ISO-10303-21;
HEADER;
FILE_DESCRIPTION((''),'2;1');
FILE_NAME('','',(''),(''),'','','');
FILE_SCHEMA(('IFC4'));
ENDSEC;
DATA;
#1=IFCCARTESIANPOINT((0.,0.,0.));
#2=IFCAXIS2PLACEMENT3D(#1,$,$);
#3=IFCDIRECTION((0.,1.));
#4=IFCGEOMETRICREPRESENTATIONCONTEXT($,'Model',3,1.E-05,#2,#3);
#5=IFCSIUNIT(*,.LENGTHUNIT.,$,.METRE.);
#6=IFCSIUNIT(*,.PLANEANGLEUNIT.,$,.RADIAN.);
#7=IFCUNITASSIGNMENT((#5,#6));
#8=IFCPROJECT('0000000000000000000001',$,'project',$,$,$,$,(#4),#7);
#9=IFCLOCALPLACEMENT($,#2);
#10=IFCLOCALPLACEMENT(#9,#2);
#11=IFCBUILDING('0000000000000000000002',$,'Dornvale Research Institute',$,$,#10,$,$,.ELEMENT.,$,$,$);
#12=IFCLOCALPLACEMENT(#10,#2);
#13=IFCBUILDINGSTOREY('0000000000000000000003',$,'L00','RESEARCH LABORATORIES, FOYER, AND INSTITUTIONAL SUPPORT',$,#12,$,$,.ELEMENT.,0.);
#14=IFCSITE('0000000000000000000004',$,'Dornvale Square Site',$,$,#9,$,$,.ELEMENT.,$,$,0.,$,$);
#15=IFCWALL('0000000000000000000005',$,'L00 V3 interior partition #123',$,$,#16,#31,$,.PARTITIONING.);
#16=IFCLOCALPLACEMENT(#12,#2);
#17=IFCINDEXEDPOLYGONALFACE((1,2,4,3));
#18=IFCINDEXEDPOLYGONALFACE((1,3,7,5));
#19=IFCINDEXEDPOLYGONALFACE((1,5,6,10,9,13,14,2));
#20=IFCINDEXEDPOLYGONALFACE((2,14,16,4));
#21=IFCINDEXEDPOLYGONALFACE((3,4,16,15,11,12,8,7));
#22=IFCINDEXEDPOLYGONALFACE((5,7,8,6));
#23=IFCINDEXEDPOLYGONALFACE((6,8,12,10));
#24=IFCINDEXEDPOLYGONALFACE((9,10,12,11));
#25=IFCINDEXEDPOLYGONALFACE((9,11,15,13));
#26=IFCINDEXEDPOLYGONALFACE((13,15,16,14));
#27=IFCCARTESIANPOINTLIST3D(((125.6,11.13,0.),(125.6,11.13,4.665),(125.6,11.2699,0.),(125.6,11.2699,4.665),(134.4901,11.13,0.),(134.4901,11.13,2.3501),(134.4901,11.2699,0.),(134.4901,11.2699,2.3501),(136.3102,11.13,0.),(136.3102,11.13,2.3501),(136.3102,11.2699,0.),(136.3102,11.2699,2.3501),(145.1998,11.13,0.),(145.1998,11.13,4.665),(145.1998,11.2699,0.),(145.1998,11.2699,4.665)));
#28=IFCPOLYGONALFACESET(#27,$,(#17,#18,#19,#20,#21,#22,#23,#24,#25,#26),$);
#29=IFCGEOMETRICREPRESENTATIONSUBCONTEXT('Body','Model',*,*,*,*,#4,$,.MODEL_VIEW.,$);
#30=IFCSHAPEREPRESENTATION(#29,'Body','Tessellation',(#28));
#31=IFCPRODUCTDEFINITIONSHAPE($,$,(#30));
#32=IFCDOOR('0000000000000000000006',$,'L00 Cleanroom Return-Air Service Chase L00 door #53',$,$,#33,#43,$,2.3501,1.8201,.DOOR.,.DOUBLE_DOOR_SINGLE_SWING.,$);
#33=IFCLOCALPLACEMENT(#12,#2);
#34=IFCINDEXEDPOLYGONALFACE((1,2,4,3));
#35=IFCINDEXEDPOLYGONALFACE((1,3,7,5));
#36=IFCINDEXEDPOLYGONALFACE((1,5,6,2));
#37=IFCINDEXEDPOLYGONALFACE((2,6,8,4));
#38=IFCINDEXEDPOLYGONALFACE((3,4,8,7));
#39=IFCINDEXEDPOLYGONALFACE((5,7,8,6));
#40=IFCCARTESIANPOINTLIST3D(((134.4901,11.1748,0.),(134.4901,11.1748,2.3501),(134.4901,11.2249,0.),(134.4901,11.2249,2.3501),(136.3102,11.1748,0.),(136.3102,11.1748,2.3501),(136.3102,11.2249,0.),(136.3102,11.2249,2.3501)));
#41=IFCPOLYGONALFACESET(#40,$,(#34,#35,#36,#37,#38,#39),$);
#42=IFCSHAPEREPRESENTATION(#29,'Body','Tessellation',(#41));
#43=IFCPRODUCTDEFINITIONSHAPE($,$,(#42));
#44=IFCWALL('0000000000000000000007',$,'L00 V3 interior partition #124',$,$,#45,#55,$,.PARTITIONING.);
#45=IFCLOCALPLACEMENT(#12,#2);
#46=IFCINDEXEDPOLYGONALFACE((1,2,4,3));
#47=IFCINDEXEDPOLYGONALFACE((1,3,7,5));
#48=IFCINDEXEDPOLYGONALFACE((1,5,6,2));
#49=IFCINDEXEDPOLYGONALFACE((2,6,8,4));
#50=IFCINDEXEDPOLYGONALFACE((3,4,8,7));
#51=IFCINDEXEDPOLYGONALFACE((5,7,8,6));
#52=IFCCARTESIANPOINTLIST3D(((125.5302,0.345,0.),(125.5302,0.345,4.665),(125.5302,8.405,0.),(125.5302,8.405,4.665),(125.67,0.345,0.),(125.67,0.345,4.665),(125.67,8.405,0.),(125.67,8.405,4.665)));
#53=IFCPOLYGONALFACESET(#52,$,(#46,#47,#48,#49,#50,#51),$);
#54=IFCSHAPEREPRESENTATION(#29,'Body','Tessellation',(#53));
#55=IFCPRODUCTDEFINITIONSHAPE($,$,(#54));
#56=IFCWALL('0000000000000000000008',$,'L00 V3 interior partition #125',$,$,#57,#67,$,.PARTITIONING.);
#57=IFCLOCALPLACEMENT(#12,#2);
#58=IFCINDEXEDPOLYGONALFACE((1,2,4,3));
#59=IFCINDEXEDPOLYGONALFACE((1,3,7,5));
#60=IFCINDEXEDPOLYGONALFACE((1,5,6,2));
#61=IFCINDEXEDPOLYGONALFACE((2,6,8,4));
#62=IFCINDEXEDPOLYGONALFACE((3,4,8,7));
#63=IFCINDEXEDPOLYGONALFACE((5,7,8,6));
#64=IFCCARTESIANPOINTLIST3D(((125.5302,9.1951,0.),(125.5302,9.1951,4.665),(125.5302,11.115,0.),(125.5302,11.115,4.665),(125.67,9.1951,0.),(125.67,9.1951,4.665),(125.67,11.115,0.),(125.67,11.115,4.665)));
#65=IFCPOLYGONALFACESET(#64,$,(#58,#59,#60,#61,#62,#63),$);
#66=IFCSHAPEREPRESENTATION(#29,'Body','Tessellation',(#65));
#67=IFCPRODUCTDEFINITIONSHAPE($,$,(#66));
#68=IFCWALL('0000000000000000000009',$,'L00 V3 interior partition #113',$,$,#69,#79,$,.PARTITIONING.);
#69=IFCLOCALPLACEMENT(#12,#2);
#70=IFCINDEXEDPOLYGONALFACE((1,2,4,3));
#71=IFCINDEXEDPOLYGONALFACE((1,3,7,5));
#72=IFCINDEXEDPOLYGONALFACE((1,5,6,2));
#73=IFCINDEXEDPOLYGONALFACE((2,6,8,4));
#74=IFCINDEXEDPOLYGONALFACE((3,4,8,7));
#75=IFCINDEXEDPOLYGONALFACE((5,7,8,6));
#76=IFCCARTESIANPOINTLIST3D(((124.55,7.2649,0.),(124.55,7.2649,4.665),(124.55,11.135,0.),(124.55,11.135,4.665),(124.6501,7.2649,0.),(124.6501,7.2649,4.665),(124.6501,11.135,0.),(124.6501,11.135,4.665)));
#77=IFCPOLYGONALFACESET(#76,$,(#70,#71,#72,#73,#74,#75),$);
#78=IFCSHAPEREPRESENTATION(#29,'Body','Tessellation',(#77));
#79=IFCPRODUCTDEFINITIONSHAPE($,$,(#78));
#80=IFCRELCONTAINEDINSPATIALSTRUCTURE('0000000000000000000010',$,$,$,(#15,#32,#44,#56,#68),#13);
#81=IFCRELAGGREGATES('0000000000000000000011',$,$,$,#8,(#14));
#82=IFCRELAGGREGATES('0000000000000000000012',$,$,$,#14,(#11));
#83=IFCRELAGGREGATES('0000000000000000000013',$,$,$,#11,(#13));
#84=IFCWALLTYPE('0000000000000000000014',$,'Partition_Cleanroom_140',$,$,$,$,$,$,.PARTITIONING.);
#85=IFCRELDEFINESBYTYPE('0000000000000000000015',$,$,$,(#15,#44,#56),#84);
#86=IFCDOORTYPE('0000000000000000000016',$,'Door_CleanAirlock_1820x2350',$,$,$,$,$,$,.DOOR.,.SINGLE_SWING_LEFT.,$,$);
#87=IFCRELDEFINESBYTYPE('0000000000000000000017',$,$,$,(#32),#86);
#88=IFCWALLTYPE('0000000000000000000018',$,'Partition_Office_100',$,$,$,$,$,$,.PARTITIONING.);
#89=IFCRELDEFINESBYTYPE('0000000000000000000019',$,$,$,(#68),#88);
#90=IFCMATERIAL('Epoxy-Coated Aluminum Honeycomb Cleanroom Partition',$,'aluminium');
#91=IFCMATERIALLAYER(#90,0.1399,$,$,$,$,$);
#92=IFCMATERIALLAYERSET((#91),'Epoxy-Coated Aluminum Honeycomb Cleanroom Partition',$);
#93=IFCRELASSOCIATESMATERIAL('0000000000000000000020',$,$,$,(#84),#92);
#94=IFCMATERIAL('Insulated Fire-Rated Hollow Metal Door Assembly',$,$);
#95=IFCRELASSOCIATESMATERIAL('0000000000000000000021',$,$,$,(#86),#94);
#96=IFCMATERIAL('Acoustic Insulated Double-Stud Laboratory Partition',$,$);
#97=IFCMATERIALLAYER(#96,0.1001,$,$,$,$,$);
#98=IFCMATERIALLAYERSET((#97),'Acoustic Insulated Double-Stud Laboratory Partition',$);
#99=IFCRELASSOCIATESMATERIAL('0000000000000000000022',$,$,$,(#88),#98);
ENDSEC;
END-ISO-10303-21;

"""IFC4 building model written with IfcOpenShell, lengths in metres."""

from ifc_helpers import new_model, si_unit, direction, frame, frame_2d, origin, place, context, subcontext, project, spatial, rectangle, extrude, material, layer, layer_set, type_object, element, fill, save


model = new_model("IFC4")

# Units and contexts
model_context = context("Model", 3, precision=1e-05, world=origin(), true_north=direction((0.0, 1.0)))
body_context = subcontext(model_context, "Body", "Model", "MODEL_VIEW")
ifc_project = project(units=[si_unit("LENGTHUNIT", "METRE"), si_unit("PLANEANGLEUNIT", "RADIAN")], contexts=[model_context])

# Site, building, storey
site_placement = place(None, origin())
site = spatial("IfcSite", under=ifc_project, at=site_placement, Name="Dornvale Square Site", CompositionType="ELEMENT", RefElevation=0.0)
building_placement = place(site_placement, origin())
building = spatial("IfcBuilding", under=site, at=building_placement, Name="Dornvale Research Institute", CompositionType="ELEMENT")
storey_placement = place(building_placement, origin())
storey = spatial("IfcBuildingStorey", under=building, at=storey_placement, Name="L00", Description="RESEARCH LABORATORIES, FOYER, AND INSTITUTIONAL SUPPORT", CompositionType="ELEMENT", Elevation=0.0)

# Wall, opening, door
ifc_material_1 = material(Name="Epoxy-Coated Aluminum Honeycomb Cleanroom Partition", Category="aluminium")
ifc_layer_1 = layer(ifc_material_1, 0.1399)
ifc_layer_set_1 = layer_set([ifc_layer_1], Name="Epoxy-Coated Aluminum Honeycomb Cleanroom Partition")
wall_type_1 = type_object("IfcWallType", Name="Partition_Cleanroom_140", PredefinedType="PARTITIONING", material=ifc_layer_set_1)
wall_1_placement = place(storey_placement, frame((125.6001, 11.2, 0.0), z_axis=(0.0, 0.0, 1.0), x_axis=(1.0, 0.0, 0.0)))
wall_1 = element("IfcWall", 1, at=wall_1_placement, inside=storey, type_object=wall_type_1, Name="L00 V3 interior partition #123", PredefinedType="PARTITIONING", context=body_context, shape_type="SweptSolid", body=[
    extrude(rectangle(XDim=19.5999, YDim=0.1399, at=frame_2d((9.7998, 0.0))), origin(), (0.0, 0.0, 1.0), 4.665),
])
opening_placement = place(wall_1_placement, frame((8.8899, 0.0, 0.0)))
opening = element("IfcOpeningElement", 2, at=opening_placement, cuts=wall_1, PredefinedType="OPENING", context=body_context, shape_type="SweptSolid", body=[
    extrude(rectangle(XDim=1.8201, YDim=2.3501, at=frame_2d((0.9102, 1.175))), frame((0.0, 0.085, 0.0), z_axis=(0.0, -1.0, 0.0), x_axis=(1.0, 0.0, 0.0)), (0.0, 0.0, 1.0), 0.1699),
])
ifc_material_2 = material(Name="Insulated Fire-Rated Hollow Metal Door Assembly")
door_type = type_object("IfcDoorType", Name="Door_CleanAirlock_1820x2350", OperationType="SINGLE_SWING_LEFT", PredefinedType="DOOR", material=ifc_material_2)
door_placement = place(opening_placement, origin())
door = element("IfcDoor", 3, at=door_placement, inside=storey, type_object=door_type, Name="L00 Cleanroom Return-Air Service Chase L00 door #53", OperationType="DOUBLE_DOOR_SINGLE_SWING", OverallHeight=2.3501, OverallWidth=1.8201, PredefinedType="DOOR", context=body_context, shape_type="SweptSolid", body=[
    extrude(rectangle(XDim=1.8201, YDim=2.3501, at=frame_2d((0.9102, 1.175))), frame((0.0, 0.0249, 0.0), z_axis=(0.0, -1.0, 0.0), x_axis=(1.0, 0.0, 0.0)), (0.0, 0.0, 1.0), 0.05),
])
fill(opening, door)

# Walls
wall_2_placement = place(storey_placement, frame((125.6001, 0.345, 0.0), z_axis=(0.0, 0.0, 1.0), x_axis=(0.0, 1.0, 0.0)))
element("IfcWall", 4, at=wall_2_placement, inside=storey, type_object=wall_type_1, Name="L00 V3 interior partition #124", PredefinedType="PARTITIONING", context=body_context, shape_type="SweptSolid", body=[
    extrude(rectangle(XDim=8.0601, YDim=0.1399, at=frame_2d((4.03, 0.0))), origin(), (0.0, 0.0, 1.0), 4.665),
])
wall_3_placement = place(storey_placement, frame((125.6001, 9.1951, 0.0), z_axis=(0.0, 0.0, 1.0), x_axis=(0.0, 1.0, 0.0)))
element("IfcWall", 5, at=wall_3_placement, inside=storey, type_object=wall_type_1, Name="L00 V3 interior partition #125", PredefinedType="PARTITIONING", context=body_context, shape_type="SweptSolid", body=[
    extrude(rectangle(XDim=1.9199, YDim=0.1399, at=frame_2d((0.96, 0.0))), origin(), (0.0, 0.0, 1.0), 4.665),
])
ifc_material_3 = material(Name="Acoustic Insulated Double-Stud Laboratory Partition")
ifc_layer_2 = layer(ifc_material_3, 0.1001)
ifc_layer_set_2 = layer_set([ifc_layer_2], Name="Acoustic Insulated Double-Stud Laboratory Partition")
wall_type_2 = type_object("IfcWallType", Name="Partition_Office_100", PredefinedType="PARTITIONING", material=ifc_layer_set_2)
wall_4_placement = place(storey_placement, frame((124.6001, 7.2649, 0.0), z_axis=(0.0, 0.0, 1.0), x_axis=(0.0, 1.0, 0.0)))
element("IfcWall", 6, at=wall_4_placement, inside=storey, type_object=wall_type_2, Name="L00 V3 interior partition #113", PredefinedType="PARTITIONING", context=body_context, shape_type="SweptSolid", body=[
    extrude(rectangle(XDim=3.8701, YDim=0.1001, at=frame_2d((1.9351, 0.0))), origin(), (0.0, 0.0, 1.0), 4.665),
])

save(model, "model.ifc")
